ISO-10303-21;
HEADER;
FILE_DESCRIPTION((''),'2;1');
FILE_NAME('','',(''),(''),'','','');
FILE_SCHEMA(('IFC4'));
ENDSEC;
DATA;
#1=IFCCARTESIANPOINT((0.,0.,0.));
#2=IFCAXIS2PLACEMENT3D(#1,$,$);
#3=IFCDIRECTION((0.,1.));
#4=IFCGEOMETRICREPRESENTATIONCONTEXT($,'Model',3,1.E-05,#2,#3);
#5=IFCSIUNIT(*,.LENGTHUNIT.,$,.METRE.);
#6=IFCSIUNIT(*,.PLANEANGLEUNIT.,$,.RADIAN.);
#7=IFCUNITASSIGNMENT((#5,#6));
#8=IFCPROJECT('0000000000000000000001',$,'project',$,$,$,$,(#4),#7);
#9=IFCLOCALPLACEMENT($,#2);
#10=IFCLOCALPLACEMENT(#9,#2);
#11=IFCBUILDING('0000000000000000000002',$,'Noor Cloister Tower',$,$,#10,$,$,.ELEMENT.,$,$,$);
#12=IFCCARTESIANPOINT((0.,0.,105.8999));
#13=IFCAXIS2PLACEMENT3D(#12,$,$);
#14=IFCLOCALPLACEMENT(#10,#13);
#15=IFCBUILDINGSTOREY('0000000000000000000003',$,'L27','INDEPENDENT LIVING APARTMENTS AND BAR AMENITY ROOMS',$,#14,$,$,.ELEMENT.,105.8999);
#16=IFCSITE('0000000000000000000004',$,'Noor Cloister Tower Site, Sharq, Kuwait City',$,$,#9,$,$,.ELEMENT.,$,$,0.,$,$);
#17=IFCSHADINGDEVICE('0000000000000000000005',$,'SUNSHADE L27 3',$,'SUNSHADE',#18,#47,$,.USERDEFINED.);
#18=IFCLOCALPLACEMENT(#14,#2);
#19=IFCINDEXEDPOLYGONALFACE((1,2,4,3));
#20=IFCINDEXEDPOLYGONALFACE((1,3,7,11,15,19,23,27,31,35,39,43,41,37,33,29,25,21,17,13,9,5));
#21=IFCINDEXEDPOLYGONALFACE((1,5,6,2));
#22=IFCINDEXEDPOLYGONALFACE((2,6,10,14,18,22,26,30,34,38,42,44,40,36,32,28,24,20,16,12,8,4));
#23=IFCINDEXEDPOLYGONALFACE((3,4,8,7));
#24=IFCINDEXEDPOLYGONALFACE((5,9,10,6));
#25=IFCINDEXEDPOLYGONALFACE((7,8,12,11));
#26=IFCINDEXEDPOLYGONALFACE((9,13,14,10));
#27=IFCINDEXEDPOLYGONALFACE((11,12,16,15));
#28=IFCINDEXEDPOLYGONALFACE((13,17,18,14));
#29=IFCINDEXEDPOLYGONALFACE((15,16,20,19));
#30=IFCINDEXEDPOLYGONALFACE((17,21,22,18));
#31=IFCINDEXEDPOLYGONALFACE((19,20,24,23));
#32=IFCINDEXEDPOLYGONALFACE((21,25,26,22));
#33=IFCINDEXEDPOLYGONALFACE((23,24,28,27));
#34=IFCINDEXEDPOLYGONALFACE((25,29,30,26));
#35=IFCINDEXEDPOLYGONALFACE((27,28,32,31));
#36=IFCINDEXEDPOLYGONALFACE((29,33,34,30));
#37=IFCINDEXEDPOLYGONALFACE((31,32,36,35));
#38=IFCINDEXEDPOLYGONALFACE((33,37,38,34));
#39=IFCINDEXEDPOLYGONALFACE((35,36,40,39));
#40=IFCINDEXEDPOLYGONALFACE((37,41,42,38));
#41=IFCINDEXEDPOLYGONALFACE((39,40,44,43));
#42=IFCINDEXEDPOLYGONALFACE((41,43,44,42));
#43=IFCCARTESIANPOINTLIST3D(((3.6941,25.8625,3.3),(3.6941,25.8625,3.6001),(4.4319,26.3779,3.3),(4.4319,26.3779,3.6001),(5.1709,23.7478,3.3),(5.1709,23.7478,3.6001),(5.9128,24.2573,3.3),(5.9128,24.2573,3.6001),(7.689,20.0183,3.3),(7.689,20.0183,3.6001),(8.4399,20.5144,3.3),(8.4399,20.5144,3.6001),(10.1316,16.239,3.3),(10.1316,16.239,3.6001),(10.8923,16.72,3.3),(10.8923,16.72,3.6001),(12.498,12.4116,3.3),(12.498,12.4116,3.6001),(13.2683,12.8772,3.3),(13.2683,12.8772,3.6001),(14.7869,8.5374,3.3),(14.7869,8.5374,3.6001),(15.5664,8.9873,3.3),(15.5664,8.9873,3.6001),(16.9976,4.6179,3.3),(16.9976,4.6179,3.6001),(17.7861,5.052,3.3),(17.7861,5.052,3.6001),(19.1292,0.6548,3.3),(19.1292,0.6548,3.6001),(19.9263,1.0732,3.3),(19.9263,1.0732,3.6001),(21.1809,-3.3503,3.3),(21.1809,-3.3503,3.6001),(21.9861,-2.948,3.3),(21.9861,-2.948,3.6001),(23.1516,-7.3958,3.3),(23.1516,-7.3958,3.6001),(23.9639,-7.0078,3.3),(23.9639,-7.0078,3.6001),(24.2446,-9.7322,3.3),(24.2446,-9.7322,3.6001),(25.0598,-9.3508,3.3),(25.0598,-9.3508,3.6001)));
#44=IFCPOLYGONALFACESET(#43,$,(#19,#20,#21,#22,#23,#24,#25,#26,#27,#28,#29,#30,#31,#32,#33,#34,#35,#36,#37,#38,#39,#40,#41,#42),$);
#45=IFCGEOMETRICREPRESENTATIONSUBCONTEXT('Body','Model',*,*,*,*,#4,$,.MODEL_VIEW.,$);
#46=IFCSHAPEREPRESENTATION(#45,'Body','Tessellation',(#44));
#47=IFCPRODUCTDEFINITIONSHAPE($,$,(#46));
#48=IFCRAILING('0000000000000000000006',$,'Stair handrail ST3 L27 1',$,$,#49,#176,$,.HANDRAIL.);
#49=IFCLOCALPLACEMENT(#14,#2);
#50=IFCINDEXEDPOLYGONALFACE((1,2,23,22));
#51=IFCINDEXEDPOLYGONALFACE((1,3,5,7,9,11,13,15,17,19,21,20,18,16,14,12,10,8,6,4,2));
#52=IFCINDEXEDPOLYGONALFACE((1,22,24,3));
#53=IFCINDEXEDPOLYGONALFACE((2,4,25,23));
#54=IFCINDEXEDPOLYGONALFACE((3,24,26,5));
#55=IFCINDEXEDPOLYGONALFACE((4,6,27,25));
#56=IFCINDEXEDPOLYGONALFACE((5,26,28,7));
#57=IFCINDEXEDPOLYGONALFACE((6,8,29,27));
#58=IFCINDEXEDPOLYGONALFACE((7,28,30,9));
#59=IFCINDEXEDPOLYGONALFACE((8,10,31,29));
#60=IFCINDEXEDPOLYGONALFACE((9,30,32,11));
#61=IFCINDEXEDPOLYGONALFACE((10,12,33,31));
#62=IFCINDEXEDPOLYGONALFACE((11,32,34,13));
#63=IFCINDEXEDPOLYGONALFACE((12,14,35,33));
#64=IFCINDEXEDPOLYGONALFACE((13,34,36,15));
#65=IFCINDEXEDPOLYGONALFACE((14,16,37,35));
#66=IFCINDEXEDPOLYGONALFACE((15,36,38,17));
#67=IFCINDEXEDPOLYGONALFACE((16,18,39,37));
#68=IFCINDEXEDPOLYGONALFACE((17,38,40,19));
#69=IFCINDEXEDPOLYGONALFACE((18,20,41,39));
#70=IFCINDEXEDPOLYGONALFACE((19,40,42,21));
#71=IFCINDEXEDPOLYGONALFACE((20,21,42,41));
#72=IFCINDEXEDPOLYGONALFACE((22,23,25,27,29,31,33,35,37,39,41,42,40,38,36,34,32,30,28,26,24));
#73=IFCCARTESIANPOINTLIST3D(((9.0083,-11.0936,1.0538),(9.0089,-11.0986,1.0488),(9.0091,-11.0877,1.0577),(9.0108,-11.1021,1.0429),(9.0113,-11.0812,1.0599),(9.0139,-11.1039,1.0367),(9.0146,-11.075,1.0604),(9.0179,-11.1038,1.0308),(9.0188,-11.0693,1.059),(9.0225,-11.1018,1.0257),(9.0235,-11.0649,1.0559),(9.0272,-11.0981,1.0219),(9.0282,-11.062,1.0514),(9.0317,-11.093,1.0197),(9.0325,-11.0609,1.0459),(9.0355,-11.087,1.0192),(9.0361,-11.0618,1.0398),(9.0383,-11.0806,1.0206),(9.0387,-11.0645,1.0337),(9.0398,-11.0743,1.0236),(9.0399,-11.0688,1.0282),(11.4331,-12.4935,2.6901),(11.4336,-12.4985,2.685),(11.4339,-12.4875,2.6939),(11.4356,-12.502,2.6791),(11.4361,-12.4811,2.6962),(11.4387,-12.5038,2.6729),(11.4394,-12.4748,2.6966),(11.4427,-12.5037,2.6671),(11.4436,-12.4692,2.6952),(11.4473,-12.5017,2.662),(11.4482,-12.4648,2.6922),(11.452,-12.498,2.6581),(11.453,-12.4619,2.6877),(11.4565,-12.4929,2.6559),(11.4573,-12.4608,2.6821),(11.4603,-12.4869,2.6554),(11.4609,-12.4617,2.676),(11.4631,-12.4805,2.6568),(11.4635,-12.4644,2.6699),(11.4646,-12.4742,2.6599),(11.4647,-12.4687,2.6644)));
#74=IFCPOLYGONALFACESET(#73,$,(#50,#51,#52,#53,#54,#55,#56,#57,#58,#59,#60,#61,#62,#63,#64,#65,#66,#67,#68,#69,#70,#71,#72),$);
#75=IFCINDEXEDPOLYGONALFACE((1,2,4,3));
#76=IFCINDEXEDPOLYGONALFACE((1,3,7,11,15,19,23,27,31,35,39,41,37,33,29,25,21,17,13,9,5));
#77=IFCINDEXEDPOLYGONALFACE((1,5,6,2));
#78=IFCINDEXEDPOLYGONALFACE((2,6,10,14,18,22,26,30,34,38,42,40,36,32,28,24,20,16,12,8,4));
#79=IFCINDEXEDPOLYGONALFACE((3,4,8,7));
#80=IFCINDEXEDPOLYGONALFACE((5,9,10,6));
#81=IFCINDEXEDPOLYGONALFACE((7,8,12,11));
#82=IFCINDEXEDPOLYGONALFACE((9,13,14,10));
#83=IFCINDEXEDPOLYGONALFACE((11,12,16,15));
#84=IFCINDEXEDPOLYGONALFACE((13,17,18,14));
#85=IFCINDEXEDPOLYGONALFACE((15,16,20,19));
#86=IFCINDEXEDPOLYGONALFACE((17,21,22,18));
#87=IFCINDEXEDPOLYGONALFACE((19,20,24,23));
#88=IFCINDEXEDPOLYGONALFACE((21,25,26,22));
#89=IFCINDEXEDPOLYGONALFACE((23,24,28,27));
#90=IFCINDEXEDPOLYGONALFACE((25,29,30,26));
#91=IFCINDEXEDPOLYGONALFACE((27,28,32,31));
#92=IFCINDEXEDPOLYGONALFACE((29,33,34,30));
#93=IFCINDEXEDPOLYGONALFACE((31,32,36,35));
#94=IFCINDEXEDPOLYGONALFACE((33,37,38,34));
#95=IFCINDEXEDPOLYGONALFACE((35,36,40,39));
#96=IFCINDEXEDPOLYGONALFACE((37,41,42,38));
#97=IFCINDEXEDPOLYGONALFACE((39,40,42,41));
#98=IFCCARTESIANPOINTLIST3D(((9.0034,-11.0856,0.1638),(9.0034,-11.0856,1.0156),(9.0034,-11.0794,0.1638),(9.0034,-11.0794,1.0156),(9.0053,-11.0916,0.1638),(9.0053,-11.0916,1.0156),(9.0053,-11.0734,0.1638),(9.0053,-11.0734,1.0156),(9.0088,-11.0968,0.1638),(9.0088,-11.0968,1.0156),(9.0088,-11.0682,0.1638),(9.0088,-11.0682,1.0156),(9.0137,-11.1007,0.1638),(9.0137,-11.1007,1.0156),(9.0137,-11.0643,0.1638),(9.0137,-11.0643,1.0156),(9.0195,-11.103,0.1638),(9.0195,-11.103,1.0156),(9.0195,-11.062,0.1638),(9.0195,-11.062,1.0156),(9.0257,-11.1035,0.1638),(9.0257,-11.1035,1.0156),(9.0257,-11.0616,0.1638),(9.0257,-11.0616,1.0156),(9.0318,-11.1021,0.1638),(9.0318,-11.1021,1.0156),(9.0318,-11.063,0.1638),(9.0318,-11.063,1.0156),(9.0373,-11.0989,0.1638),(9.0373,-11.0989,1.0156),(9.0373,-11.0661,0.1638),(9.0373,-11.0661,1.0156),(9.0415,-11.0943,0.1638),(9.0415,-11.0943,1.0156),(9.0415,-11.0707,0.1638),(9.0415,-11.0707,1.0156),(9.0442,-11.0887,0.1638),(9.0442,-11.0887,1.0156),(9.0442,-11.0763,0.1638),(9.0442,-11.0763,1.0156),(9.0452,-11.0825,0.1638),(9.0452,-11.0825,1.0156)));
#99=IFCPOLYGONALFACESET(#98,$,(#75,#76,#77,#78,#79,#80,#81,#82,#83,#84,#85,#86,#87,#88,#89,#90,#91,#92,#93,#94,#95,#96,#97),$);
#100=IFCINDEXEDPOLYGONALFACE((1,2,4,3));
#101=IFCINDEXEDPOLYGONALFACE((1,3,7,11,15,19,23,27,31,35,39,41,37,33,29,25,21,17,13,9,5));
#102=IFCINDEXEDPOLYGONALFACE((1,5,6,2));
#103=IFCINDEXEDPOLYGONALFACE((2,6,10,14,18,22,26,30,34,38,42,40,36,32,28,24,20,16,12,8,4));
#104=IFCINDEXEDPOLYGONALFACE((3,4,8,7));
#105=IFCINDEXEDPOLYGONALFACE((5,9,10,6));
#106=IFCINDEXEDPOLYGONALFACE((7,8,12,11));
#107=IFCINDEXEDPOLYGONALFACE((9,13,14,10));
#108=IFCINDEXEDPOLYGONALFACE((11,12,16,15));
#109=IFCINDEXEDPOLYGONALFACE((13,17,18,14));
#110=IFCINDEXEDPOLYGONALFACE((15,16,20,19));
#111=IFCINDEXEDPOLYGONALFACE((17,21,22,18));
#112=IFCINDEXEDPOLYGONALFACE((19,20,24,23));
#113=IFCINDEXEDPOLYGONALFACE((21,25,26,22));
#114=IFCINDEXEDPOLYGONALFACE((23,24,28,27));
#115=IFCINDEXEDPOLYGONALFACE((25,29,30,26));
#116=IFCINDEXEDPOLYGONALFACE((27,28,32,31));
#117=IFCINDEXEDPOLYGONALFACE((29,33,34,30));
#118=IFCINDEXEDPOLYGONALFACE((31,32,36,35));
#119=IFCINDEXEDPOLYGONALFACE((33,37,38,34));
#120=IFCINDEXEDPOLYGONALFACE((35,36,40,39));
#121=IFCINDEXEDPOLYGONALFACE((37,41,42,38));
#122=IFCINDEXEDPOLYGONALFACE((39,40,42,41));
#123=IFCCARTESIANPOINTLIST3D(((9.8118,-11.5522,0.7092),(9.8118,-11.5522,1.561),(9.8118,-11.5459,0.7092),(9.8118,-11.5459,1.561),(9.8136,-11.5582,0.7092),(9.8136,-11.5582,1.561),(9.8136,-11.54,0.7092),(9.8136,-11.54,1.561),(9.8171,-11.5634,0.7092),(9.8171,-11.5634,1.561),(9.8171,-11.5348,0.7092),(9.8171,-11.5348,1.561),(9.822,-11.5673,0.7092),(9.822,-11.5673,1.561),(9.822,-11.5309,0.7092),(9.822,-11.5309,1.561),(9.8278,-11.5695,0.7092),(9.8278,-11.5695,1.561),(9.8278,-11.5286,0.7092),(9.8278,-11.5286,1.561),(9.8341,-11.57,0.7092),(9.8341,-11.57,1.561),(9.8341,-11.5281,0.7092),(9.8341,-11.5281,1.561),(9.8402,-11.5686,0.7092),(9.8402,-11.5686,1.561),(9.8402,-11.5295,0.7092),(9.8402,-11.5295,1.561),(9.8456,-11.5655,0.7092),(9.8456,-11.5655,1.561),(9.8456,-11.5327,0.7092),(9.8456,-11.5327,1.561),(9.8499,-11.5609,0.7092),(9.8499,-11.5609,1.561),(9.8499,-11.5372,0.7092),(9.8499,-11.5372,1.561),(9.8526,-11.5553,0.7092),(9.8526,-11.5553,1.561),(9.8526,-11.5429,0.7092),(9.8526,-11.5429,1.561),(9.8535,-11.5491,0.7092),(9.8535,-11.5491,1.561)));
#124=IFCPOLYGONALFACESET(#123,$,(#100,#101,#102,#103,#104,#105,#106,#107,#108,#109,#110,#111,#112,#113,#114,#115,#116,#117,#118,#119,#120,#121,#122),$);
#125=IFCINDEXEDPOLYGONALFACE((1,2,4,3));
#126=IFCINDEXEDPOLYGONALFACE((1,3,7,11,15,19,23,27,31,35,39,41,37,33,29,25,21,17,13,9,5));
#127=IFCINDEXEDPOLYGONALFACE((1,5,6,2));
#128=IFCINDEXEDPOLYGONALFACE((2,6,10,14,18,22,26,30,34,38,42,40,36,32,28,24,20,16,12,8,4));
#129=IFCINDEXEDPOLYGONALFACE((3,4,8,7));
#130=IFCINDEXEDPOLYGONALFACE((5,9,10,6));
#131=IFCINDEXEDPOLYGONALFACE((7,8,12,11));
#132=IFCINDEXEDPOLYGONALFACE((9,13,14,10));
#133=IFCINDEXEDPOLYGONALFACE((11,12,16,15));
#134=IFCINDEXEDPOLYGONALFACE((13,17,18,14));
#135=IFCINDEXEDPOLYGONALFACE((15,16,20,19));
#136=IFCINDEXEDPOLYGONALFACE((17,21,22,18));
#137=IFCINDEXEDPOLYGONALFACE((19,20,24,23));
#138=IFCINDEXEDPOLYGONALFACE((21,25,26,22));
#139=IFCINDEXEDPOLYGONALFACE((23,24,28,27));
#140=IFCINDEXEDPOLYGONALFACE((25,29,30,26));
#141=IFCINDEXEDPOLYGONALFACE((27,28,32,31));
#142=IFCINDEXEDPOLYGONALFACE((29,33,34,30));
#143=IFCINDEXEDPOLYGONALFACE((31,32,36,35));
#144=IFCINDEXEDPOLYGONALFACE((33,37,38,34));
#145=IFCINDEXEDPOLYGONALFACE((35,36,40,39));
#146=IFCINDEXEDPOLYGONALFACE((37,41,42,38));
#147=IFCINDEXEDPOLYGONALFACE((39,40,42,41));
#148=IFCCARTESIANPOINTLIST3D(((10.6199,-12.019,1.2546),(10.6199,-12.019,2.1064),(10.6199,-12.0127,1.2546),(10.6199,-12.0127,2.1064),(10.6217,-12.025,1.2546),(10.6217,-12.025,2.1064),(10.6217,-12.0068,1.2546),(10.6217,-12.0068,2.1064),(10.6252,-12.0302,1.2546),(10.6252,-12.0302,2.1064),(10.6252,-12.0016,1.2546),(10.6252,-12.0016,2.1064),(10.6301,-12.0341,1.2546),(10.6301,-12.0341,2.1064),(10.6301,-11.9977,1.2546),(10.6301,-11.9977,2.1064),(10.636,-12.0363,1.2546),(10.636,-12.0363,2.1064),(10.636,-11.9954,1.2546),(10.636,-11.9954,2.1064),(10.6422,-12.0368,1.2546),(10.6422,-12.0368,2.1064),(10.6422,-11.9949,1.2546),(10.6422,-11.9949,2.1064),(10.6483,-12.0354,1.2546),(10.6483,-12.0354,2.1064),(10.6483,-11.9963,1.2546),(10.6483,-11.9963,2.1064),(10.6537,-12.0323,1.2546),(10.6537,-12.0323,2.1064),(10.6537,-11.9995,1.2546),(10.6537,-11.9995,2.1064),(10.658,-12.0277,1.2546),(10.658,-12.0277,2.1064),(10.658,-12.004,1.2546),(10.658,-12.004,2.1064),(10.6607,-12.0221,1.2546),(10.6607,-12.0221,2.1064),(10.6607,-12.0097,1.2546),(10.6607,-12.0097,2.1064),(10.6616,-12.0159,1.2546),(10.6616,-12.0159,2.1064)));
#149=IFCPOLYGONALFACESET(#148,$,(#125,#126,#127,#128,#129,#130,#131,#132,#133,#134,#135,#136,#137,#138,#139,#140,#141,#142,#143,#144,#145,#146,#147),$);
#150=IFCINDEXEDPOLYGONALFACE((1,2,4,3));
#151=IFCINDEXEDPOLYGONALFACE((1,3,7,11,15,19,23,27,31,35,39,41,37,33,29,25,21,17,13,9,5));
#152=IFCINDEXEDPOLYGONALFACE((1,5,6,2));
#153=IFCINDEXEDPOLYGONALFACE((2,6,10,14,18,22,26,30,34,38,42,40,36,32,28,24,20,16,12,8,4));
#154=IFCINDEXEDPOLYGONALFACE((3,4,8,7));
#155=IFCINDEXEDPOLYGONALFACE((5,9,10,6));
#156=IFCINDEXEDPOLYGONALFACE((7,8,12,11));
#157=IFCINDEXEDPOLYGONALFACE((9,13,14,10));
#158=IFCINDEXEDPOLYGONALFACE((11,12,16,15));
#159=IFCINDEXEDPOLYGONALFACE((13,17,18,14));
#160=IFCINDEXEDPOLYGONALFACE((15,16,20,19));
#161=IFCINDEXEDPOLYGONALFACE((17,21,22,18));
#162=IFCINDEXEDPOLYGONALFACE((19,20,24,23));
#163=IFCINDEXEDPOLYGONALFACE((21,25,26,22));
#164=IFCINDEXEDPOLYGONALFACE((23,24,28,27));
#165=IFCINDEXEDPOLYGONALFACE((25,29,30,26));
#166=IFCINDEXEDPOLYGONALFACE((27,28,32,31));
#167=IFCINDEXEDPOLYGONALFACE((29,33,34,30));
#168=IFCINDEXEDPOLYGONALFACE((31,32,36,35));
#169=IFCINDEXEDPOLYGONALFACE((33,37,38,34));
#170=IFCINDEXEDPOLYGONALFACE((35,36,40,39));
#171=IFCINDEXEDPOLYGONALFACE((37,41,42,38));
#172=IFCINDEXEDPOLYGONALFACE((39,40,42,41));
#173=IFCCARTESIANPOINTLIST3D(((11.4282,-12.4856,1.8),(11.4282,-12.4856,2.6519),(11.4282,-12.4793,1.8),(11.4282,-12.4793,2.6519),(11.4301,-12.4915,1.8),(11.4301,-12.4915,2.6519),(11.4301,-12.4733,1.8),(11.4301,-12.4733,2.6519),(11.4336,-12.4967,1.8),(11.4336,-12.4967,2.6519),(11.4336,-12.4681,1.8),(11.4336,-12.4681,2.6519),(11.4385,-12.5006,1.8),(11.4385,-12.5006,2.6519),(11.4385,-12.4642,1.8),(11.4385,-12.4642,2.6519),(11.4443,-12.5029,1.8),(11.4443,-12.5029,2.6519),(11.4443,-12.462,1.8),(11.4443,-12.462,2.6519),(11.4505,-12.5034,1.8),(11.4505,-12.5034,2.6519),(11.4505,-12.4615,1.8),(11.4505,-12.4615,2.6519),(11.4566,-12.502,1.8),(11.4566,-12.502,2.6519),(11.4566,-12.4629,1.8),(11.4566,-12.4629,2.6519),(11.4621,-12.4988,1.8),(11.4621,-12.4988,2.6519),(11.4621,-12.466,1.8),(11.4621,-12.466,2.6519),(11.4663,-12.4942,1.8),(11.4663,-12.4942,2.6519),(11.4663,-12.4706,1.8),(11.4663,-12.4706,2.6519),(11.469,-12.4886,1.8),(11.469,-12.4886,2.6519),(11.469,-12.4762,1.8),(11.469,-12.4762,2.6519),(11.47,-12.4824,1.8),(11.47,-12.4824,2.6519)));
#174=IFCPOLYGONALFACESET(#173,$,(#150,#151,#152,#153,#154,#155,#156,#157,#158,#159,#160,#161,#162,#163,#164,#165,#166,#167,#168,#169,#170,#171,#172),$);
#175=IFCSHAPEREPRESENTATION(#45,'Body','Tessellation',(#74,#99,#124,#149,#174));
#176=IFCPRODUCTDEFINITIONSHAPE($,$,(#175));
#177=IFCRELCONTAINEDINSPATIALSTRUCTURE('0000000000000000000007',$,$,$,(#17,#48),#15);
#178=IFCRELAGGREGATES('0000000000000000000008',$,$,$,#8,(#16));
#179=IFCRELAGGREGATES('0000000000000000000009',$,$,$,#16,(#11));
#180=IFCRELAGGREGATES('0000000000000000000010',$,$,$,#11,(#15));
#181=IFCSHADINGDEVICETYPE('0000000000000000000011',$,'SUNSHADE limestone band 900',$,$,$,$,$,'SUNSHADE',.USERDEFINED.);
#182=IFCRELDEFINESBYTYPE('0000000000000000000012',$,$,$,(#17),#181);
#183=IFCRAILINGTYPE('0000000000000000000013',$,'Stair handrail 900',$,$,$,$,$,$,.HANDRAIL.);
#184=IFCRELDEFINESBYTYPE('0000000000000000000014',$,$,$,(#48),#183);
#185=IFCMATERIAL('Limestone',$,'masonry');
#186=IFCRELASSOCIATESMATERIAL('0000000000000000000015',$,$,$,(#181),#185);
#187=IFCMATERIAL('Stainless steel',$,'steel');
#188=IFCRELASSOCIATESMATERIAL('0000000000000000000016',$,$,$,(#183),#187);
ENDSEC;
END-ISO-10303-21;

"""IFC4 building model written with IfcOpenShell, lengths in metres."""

from ifc_helpers import new_model, si_unit, direction, frame, origin, origin_2d, place, context, subcontext, project, spatial, polyline, circle, outline, extrude, material, type_object, element, save


model = new_model("IFC4")

# Units and contexts
model_context = context("Model", 3, precision=1e-05, world=origin(), true_north=direction((0.0, 1.0)))
body_context = subcontext(model_context, "Body", "Model", "MODEL_VIEW")
ifc_project = project(units=[si_unit("LENGTHUNIT", "METRE"), si_unit("PLANEANGLEUNIT", "RADIAN")], contexts=[model_context])

# Site, building, storey
site_placement = place(None, origin())
site = spatial("IfcSite", under=ifc_project, at=site_placement, Name="Noor Cloister Tower Site, Sharq, Kuwait City", CompositionType="ELEMENT", RefElevation=0.0)
building_placement = place(site_placement, origin())
building = spatial("IfcBuilding", under=site, at=building_placement, Name="Noor Cloister Tower", CompositionType="ELEMENT")
storey_placement = place(building_placement, frame((0.0, 0.0, 105.8999)))
storey = spatial("IfcBuildingStorey", under=building, at=storey_placement, Name="L27", Description="INDEPENDENT LIVING APARTMENTS AND BAR AMENITY ROOMS", CompositionType="ELEMENT", Elevation=105.8999)

# Shading device
ifc_material_1 = material(Name="Limestone", Category="masonry")
shading_device_type = type_object("IfcShadingDeviceType", Name="SUNSHADE limestone band 900", ElementType="SUNSHADE", PredefinedType="USERDEFINED", material=ifc_material_1)
shading_device_1_placement = place(storey_placement, frame((0.0, 0.0, 3.3)))
element("IfcShadingDevice", 1, at=shading_device_1_placement, inside=storey, type_object=shading_device_type, Name="SUNSHADE L27 3", ObjectType="SUNSHADE", PredefinedType="USERDEFINED", context=body_context, shape_type="SweptSolid", body=[
    extrude(outline(polyline([(25.0598, -9.3508), (23.9639, -7.0078), (21.9861, -2.948), (19.9263, 1.0732), (17.7861, 5.052), (15.5664, 8.9873), (13.2683, 12.8772), (10.8923, 16.72), (8.4399, 20.5144), (5.9128, 24.2573), (4.4319, 26.3779), (3.6941, 25.8625), (5.1709, 23.7478), (7.689, 20.0183), (10.1316, 16.239), (12.498, 12.4116), (14.7869, 8.5374), (16.9976, 4.6179), (19.1292, 0.6548), (21.1809, -3.3503), (23.1516, -7.3958), (24.2446, -9.7322), (25.0598, -9.3508)])), origin(), (0.0, 0.0, 1.0), 0.3),
])

# Railing
ifc_material_2 = material(Name="Stainless steel", Category="steel")
railing_type = type_object("IfcRailingType", Name="Stair handrail 900", PredefinedType="HANDRAIL", material=ifc_material_2)
railing_placement = place(storey_placement, frame((9.0242, -11.0825, 0.1638)))
element("IfcRailing", 2, at=railing_placement, inside=storey, type_object=railing_type, Name="Stair handrail ST3 L27 1", PredefinedType="HANDRAIL", context=body_context, shape_type="SweptSolid", body=[
    extrude(circle(Radius=0.0239, at=origin_2d()), frame((0.0, 0.0, 0.876), z_axis=(0.747718, -0.431677, 0.504552), x_axis=(0.499984, 0.866035, 0.0)), (0.0, 0.0, 1.0), 3.2429),
    extrude(circle(Radius=0.021, at=origin_2d()), origin(), (0.0, 0.0, 1.0), 0.8518),
    extrude(circle(Radius=0.021, at=origin_2d()), frame((0.8083, -0.4666, 0.5454)), (0.0, 0.0, 1.0), 0.8518),
    extrude(circle(Radius=0.021, at=origin_2d()), frame((1.6165, -0.9333, 1.0908)), (0.0, 0.0, 1.0), 0.8518),
    extrude(circle(Radius=0.021, at=origin_2d()), frame((2.4248, -1.3999, 1.6362)), (0.0, 0.0, 1.0), 0.8518),
])

save(model, "model.ifc")
